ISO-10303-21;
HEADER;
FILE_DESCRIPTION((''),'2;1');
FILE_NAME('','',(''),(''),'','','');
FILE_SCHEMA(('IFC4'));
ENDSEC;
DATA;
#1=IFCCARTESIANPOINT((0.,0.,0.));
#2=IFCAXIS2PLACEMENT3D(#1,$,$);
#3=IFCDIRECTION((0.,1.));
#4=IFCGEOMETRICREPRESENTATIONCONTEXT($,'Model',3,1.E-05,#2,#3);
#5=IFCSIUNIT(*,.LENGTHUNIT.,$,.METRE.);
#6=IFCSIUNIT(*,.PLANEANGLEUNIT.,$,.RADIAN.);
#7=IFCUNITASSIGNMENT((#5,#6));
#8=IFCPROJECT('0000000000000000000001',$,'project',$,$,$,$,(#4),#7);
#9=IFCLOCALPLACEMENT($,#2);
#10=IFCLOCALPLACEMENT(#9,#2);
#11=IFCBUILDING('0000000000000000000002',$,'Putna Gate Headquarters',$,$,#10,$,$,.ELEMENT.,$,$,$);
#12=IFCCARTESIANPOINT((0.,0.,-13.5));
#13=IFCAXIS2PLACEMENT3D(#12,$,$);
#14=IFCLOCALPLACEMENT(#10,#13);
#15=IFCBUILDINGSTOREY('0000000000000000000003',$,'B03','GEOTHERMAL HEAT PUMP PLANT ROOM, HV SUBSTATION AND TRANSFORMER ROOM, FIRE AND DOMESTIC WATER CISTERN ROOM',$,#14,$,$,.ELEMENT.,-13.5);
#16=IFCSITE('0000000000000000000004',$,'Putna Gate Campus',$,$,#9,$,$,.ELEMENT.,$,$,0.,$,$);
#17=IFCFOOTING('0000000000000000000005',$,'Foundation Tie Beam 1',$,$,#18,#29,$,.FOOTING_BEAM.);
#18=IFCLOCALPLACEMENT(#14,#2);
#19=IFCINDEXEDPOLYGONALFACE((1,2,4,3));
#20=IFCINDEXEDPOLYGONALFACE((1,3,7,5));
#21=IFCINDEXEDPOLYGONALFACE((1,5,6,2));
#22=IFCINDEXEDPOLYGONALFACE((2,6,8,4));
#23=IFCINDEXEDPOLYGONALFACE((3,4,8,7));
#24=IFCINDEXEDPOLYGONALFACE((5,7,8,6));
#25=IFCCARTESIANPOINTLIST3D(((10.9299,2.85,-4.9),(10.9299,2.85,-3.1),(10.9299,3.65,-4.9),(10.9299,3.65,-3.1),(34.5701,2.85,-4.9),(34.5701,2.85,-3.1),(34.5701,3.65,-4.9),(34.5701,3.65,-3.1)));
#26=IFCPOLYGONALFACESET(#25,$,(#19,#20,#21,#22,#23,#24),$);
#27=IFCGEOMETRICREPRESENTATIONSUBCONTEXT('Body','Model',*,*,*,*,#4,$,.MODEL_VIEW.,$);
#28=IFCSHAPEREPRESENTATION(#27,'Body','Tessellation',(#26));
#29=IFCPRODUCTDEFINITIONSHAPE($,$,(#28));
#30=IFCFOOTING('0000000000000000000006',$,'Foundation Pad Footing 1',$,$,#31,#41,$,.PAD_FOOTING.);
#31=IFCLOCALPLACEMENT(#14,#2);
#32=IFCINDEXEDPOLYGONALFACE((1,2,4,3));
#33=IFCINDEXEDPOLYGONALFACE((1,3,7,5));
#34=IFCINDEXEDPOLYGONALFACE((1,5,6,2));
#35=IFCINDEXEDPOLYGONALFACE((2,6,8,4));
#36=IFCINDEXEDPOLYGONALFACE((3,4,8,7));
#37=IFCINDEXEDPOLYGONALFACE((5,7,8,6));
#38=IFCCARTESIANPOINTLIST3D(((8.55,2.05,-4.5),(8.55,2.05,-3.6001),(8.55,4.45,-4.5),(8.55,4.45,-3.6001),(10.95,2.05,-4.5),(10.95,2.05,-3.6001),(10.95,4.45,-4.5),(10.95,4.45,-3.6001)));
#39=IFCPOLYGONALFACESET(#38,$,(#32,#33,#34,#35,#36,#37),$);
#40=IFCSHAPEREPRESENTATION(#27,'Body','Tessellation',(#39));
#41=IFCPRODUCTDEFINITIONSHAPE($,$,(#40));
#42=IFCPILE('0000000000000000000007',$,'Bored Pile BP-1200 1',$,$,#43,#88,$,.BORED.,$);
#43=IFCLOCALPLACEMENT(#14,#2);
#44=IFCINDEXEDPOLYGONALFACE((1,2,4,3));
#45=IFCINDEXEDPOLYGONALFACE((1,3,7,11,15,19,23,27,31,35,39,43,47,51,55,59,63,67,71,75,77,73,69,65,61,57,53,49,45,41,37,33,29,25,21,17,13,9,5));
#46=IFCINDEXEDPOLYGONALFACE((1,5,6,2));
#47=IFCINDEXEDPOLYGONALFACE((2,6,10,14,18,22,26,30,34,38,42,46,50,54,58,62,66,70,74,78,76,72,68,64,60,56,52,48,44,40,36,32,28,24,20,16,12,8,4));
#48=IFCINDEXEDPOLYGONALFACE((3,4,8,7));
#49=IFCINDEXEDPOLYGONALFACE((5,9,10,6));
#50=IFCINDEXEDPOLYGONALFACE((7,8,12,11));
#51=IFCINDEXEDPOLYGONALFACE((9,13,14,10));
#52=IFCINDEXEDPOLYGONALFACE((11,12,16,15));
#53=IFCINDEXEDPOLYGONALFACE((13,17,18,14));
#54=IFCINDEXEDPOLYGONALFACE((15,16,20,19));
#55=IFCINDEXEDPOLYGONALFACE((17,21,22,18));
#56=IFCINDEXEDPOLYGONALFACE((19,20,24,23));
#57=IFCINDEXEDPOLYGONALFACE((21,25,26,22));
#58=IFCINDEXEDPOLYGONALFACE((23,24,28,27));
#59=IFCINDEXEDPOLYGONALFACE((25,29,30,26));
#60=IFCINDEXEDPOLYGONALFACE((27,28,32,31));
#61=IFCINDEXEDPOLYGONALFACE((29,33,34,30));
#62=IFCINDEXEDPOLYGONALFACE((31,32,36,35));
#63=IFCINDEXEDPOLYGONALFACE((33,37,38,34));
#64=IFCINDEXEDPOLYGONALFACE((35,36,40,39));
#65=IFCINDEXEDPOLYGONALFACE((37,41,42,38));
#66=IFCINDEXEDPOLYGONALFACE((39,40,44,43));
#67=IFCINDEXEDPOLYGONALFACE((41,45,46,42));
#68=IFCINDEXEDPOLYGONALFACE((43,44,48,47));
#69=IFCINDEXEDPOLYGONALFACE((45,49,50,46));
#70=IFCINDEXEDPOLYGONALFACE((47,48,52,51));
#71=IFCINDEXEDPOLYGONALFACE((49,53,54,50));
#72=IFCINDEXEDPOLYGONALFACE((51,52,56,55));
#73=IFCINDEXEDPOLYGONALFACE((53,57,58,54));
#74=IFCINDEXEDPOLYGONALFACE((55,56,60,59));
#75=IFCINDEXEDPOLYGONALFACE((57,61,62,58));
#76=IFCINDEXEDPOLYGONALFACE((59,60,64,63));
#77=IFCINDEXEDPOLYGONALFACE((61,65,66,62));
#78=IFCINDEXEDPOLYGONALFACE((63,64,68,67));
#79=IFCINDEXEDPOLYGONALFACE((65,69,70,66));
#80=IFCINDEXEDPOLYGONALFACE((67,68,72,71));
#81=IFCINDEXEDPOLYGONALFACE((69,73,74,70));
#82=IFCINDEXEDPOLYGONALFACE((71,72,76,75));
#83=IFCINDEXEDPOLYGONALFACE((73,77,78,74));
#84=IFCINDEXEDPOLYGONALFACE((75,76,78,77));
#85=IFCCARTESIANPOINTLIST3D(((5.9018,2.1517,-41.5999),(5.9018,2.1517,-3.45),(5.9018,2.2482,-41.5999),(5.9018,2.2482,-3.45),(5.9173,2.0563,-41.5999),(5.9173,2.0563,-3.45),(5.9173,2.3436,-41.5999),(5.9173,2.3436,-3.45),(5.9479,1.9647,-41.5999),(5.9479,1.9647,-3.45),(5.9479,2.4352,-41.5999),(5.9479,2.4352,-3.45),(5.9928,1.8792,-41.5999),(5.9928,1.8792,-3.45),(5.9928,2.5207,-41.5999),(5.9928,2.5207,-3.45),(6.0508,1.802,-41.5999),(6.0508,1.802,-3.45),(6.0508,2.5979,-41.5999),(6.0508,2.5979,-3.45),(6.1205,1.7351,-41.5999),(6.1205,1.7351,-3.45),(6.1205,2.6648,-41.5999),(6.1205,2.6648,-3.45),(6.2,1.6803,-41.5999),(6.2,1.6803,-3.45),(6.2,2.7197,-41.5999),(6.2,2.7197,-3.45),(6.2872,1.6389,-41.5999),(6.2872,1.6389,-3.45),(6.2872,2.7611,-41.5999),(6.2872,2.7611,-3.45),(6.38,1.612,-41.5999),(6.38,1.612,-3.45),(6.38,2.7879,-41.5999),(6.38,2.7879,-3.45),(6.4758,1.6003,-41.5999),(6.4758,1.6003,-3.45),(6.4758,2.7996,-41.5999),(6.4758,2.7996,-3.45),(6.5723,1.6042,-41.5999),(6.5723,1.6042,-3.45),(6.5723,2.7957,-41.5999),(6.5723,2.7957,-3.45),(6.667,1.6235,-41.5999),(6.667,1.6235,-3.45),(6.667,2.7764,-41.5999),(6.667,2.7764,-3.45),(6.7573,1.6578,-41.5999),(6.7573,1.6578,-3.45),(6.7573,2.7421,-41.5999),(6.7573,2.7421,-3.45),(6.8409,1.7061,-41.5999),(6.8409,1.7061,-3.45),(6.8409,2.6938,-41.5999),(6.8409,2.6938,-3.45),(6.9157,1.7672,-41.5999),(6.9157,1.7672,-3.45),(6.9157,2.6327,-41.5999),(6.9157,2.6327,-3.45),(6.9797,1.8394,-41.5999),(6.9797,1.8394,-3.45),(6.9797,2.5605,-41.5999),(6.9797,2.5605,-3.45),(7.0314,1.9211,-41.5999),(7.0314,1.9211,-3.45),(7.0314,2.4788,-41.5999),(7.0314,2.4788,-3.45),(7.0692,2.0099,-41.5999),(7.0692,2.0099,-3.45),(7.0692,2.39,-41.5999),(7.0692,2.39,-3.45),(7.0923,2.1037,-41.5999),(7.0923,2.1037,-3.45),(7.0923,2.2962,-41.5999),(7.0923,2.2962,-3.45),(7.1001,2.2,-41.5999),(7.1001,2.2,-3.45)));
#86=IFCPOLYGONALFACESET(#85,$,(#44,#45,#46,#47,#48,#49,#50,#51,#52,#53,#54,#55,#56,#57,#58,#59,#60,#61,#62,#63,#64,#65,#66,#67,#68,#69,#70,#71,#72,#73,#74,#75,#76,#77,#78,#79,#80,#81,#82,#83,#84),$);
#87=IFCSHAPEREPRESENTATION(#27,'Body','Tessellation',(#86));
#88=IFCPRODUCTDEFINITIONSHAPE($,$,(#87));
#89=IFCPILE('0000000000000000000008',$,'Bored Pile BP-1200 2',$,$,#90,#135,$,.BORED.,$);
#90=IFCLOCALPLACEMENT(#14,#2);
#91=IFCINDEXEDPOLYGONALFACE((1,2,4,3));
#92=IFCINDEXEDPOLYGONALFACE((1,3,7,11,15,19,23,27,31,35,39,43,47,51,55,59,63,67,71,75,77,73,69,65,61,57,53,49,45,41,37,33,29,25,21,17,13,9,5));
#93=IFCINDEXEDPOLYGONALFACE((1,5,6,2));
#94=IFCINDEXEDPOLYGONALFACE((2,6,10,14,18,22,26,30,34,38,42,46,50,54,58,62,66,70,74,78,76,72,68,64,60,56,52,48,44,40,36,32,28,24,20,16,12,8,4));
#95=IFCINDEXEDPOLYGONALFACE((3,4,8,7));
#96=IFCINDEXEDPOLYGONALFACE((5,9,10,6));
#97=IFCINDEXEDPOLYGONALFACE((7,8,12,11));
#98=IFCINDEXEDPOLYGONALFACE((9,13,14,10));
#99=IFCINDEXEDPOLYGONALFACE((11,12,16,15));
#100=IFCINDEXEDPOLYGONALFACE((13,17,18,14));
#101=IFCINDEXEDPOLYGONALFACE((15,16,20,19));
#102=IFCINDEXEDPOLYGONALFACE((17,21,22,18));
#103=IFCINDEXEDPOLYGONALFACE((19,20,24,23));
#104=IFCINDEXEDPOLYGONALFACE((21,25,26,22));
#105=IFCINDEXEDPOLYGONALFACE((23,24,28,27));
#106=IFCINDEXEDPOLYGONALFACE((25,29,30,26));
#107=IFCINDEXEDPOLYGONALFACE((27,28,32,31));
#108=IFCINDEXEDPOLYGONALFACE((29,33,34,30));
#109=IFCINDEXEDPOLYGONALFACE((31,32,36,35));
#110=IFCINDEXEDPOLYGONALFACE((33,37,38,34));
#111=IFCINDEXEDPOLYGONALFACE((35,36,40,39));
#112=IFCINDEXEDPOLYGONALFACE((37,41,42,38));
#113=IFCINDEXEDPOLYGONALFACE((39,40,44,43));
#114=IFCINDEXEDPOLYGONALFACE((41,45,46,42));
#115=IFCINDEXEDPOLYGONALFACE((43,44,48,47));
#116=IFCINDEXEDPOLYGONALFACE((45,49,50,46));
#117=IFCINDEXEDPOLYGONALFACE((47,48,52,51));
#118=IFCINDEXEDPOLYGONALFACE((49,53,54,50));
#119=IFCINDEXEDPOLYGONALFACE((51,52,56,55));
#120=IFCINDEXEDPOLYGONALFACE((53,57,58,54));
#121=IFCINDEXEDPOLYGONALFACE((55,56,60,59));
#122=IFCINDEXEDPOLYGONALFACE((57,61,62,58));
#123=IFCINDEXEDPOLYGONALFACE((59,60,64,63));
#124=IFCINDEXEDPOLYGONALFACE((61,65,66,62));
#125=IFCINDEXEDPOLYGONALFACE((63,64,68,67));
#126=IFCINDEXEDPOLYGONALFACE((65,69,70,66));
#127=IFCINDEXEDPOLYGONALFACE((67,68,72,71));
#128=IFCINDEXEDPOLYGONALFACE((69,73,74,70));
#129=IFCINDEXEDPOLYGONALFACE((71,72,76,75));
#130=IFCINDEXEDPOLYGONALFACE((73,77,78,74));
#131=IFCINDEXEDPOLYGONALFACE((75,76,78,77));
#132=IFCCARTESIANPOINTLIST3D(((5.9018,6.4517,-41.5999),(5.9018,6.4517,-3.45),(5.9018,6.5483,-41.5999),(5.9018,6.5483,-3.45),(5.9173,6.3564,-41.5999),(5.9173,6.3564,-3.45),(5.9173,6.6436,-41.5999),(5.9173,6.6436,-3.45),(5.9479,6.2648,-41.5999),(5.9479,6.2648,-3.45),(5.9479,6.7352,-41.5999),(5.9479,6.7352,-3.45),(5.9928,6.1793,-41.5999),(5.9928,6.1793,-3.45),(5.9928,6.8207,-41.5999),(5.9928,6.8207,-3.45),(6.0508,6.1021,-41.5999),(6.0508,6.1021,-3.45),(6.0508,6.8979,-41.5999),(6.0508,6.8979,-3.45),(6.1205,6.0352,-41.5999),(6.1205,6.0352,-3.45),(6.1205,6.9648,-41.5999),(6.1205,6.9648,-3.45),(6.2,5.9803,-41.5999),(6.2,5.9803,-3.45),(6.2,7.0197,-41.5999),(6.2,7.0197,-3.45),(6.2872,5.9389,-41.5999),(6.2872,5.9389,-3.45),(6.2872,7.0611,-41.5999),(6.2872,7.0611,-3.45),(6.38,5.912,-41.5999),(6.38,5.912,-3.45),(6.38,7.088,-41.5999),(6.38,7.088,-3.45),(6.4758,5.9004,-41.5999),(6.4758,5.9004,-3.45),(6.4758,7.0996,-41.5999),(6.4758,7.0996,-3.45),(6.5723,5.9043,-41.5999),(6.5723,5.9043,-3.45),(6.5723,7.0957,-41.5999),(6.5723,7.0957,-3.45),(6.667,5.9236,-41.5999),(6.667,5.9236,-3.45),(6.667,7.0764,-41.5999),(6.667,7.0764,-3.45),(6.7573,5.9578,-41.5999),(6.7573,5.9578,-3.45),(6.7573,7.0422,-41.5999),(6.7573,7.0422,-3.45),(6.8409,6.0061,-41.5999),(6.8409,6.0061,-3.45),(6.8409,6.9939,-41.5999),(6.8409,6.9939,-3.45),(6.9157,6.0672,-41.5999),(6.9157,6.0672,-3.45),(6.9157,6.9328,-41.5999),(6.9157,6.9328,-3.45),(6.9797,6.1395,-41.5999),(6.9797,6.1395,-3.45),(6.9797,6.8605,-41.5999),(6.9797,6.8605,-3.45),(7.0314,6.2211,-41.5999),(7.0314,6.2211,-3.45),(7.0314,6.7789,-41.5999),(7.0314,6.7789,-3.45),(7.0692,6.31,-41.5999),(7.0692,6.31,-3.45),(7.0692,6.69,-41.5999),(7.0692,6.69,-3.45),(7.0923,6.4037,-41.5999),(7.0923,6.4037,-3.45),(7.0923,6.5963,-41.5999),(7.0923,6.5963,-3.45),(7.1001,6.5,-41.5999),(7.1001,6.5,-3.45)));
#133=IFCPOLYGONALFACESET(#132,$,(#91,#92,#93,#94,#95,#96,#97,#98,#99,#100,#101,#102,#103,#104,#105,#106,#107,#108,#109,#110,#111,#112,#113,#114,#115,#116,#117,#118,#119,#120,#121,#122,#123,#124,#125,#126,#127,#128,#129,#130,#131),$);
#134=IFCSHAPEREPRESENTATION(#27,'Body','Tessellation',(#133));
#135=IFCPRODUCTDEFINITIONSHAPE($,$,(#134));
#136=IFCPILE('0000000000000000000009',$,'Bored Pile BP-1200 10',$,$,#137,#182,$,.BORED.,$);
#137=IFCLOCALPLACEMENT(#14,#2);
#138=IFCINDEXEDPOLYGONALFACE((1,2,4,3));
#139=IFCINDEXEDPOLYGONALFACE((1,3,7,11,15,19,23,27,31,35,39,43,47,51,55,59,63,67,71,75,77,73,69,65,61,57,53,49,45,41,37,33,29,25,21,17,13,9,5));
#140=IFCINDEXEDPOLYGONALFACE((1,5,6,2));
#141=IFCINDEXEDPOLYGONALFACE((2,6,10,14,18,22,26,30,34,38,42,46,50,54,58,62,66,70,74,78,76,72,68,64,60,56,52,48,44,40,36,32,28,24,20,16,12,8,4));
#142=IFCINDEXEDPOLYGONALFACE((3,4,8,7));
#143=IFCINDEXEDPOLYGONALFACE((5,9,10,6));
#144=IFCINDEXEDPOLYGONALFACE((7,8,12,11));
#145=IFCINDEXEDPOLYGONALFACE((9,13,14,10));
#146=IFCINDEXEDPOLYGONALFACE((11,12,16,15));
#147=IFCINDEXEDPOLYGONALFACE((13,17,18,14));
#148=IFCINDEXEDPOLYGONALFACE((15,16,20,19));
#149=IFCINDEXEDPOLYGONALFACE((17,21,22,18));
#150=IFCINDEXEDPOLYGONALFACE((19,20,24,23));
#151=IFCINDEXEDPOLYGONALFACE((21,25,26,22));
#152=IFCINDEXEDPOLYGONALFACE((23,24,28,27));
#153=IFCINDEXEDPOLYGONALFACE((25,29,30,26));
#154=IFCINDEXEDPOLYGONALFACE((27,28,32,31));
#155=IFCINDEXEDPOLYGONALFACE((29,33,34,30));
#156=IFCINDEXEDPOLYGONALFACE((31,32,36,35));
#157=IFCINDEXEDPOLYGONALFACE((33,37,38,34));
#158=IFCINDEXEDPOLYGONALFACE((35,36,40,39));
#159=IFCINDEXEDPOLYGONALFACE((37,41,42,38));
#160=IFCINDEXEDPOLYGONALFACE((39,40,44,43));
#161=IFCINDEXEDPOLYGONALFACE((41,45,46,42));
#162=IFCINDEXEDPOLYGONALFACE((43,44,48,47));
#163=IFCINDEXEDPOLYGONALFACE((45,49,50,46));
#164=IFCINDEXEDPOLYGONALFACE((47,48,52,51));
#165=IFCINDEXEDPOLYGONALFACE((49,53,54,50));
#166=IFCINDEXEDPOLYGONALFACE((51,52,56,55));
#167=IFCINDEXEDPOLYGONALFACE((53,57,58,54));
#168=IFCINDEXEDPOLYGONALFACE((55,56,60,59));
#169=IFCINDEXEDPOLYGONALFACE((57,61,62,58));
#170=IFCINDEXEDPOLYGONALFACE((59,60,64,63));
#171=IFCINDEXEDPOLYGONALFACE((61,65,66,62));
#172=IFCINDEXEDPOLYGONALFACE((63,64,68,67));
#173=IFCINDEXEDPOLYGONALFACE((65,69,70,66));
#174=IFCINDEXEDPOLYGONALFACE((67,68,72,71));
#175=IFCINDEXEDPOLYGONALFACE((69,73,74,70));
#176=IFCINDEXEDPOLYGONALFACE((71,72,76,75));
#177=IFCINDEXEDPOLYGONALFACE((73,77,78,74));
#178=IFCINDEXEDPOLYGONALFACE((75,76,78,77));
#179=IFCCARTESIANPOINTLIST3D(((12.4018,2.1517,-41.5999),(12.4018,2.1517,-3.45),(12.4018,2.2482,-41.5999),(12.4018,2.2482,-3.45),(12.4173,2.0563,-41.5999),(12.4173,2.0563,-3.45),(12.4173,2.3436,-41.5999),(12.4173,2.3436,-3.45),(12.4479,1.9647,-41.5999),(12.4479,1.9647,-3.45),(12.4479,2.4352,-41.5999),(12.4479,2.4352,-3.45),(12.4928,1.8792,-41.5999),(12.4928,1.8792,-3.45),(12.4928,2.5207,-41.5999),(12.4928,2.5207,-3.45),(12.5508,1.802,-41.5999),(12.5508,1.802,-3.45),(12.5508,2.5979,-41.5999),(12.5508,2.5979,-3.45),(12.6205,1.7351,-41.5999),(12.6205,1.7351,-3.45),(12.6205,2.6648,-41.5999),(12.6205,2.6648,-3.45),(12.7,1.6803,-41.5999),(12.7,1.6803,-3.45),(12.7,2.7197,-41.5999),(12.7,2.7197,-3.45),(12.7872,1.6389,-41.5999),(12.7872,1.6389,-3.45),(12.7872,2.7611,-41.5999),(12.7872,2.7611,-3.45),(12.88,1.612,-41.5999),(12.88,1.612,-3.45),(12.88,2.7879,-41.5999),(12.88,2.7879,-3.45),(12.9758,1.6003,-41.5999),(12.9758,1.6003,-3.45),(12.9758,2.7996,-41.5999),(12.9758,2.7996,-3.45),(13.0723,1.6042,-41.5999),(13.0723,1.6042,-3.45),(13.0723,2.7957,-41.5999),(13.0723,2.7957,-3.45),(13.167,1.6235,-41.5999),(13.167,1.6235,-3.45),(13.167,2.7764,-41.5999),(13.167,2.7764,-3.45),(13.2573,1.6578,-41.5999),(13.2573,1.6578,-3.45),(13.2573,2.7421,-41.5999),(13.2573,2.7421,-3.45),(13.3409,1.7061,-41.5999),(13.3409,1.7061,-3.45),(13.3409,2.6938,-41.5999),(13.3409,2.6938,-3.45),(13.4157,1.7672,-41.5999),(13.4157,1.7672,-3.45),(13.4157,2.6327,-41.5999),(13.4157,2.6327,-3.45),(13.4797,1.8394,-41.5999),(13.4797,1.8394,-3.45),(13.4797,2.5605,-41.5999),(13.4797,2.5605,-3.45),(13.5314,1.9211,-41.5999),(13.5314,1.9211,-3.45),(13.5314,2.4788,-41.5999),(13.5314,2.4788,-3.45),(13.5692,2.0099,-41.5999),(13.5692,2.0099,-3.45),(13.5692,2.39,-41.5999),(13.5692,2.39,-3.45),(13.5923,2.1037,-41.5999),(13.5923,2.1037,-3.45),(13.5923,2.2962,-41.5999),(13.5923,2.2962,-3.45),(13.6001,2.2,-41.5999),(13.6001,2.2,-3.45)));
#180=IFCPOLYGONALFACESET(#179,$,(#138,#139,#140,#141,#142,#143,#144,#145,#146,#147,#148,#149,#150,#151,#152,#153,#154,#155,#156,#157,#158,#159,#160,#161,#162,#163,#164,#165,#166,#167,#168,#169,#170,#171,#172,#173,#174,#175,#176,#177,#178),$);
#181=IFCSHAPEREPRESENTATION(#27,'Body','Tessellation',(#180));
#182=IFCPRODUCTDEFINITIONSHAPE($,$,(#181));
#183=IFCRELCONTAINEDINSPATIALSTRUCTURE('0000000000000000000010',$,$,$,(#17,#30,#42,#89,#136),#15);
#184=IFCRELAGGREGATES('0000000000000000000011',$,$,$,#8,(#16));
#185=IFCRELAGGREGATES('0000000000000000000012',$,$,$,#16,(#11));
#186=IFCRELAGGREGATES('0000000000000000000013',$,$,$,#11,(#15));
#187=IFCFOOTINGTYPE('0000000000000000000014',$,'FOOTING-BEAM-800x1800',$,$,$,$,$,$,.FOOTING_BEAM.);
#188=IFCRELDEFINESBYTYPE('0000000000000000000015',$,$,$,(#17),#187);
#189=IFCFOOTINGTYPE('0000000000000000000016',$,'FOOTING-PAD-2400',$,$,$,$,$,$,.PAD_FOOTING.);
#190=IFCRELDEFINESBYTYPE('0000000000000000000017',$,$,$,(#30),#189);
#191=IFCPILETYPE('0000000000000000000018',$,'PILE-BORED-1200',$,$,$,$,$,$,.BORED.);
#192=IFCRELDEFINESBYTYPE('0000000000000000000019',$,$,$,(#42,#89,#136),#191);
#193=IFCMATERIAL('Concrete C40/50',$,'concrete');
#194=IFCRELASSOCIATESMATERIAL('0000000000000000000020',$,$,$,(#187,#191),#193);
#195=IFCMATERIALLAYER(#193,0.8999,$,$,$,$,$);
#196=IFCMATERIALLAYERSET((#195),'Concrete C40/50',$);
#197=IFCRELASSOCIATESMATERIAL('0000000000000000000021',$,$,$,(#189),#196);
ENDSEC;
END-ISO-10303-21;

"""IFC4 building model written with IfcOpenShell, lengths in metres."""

from ifc_helpers import new_model, si_unit, direction, frame, origin, origin_2d, place, context, subcontext, project, spatial, rectangle, circle, extrude, material, layer, layer_set, material_profile, profile_set, type_object, element, save


model = new_model("IFC4")

# Units and contexts
model_context = context("Model", 3, precision=1e-05, world=origin(), true_north=direction((0.0, 1.0)))
body_context = subcontext(model_context, "Body", "Model", "MODEL_VIEW")
ifc_project = project(units=[si_unit("LENGTHUNIT", "METRE"), si_unit("PLANEANGLEUNIT", "RADIAN")], contexts=[model_context])

# Site, building, storey
site_placement = place(None, origin())
site = spatial("IfcSite", under=ifc_project, at=site_placement, Name="Putna Gate Campus", CompositionType="ELEMENT", RefElevation=0.0)
building_placement = place(site_placement, origin())
building = spatial("IfcBuilding", under=site, at=building_placement, Name="Putna Gate Headquarters", CompositionType="ELEMENT")
storey_placement = place(building_placement, frame((0.0, 0.0, -13.5)))
storey = spatial("IfcBuildingStorey", under=building, at=storey_placement, Name="B03", Description="GEOTHERMAL HEAT PUMP PLANT ROOM, HV SUBSTATION AND TRANSFORMER ROOM, FIRE AND DOMESTIC WATER CISTERN ROOM", CompositionType="ELEMENT", Elevation=-13.5)

# Footings
ifc_material_1 = material(Name="Concrete C40/50", Category="concrete")
ifc_material_profile_1 = material_profile(ifc_material_1, rectangle(XDim=0.8, YDim=1.8, at=origin_2d()), Name="Concrete C40/50")
ifc_profile_set_1 = profile_set([ifc_material_profile_1], Name="Concrete C40/50")
footing_type_1 = type_object("IfcFootingType", Name="FOOTING-BEAM-800x1800", PredefinedType="FOOTING_BEAM", material=ifc_profile_set_1)
footing_1_placement = place(storey_placement, frame((10.9299, 3.25, -4.0), z_axis=(1.0, 0.0, 0.0), x_axis=(0.0, 1.0, 0.0)))
element("IfcFooting", 1, at=footing_1_placement, inside=storey, type_object=footing_type_1, Name="Foundation Tie Beam 1", PredefinedType="FOOTING_BEAM", context=body_context, shape_type="SweptSolid", body=[
    extrude(rectangle(XDim=0.8, YDim=1.8, at=origin_2d()), origin(), (0.0, 0.0, 1.0), 23.6401),
])
ifc_layer_1 = layer(ifc_material_1, 0.8999)
ifc_layer_set_1 = layer_set([ifc_layer_1], Name="Concrete C40/50")
footing_type_2 = type_object("IfcFootingType", Name="FOOTING-PAD-2400", PredefinedType="PAD_FOOTING", material=ifc_layer_set_1)
footing_2_placement = place(storey_placement, frame((9.75, 3.25, -4.5), z_axis=(0.0, 0.0, 1.0), x_axis=(1.0, 0.0, 0.0)))
element("IfcFooting", 2, at=footing_2_placement, inside=storey, type_object=footing_type_2, Name="Foundation Pad Footing 1", PredefinedType="PAD_FOOTING", context=body_context, shape_type="SweptSolid", body=[
    extrude(rectangle(XDim=2.3999, YDim=2.3999, at=origin_2d()), origin(), (0.0, 0.0, 1.0), 0.8999),
])

# Piles
ifc_material_profile_2 = material_profile(ifc_material_1, circle(Radius=0.6001, at=origin_2d()), Name="Concrete C40/50")
ifc_profile_set_2 = profile_set([ifc_material_profile_2], Name="Concrete C40/50")
pile_type = type_object("IfcPileType", Name="PILE-BORED-1200", PredefinedType="BORED", material=ifc_profile_set_2)
for number, where, z_axis, x_axis, name in (
    (3, (6.5, 2.2, -3.45), (0.0, 0.0, -1.0), (1.0, 0.0, 0.0), "Bored Pile BP-1200 1"),
    (4, (6.5, 6.5, -3.45), (0.0, 0.0, -1.0), (1.0, 0.0, 0.0), "Bored Pile BP-1200 2"),
    (5, (13.0, 2.2, -3.45), (0.0, 0.0, -1.0), (1.0, 0.0, 0.0), "Bored Pile BP-1200 10"),
):
    element("IfcPile", number, at=place(storey_placement, frame(where, z_axis=z_axis, x_axis=x_axis)), inside=storey, type_object=pile_type, Name=name, PredefinedType="BORED", context=body_context, shape_type="SweptSolid", body=[
        extrude(circle(Radius=0.6001, at=origin_2d()), origin(), (0.0, 0.0, 1.0), 38.1499),
    ])

save(model, "model.ifc")
